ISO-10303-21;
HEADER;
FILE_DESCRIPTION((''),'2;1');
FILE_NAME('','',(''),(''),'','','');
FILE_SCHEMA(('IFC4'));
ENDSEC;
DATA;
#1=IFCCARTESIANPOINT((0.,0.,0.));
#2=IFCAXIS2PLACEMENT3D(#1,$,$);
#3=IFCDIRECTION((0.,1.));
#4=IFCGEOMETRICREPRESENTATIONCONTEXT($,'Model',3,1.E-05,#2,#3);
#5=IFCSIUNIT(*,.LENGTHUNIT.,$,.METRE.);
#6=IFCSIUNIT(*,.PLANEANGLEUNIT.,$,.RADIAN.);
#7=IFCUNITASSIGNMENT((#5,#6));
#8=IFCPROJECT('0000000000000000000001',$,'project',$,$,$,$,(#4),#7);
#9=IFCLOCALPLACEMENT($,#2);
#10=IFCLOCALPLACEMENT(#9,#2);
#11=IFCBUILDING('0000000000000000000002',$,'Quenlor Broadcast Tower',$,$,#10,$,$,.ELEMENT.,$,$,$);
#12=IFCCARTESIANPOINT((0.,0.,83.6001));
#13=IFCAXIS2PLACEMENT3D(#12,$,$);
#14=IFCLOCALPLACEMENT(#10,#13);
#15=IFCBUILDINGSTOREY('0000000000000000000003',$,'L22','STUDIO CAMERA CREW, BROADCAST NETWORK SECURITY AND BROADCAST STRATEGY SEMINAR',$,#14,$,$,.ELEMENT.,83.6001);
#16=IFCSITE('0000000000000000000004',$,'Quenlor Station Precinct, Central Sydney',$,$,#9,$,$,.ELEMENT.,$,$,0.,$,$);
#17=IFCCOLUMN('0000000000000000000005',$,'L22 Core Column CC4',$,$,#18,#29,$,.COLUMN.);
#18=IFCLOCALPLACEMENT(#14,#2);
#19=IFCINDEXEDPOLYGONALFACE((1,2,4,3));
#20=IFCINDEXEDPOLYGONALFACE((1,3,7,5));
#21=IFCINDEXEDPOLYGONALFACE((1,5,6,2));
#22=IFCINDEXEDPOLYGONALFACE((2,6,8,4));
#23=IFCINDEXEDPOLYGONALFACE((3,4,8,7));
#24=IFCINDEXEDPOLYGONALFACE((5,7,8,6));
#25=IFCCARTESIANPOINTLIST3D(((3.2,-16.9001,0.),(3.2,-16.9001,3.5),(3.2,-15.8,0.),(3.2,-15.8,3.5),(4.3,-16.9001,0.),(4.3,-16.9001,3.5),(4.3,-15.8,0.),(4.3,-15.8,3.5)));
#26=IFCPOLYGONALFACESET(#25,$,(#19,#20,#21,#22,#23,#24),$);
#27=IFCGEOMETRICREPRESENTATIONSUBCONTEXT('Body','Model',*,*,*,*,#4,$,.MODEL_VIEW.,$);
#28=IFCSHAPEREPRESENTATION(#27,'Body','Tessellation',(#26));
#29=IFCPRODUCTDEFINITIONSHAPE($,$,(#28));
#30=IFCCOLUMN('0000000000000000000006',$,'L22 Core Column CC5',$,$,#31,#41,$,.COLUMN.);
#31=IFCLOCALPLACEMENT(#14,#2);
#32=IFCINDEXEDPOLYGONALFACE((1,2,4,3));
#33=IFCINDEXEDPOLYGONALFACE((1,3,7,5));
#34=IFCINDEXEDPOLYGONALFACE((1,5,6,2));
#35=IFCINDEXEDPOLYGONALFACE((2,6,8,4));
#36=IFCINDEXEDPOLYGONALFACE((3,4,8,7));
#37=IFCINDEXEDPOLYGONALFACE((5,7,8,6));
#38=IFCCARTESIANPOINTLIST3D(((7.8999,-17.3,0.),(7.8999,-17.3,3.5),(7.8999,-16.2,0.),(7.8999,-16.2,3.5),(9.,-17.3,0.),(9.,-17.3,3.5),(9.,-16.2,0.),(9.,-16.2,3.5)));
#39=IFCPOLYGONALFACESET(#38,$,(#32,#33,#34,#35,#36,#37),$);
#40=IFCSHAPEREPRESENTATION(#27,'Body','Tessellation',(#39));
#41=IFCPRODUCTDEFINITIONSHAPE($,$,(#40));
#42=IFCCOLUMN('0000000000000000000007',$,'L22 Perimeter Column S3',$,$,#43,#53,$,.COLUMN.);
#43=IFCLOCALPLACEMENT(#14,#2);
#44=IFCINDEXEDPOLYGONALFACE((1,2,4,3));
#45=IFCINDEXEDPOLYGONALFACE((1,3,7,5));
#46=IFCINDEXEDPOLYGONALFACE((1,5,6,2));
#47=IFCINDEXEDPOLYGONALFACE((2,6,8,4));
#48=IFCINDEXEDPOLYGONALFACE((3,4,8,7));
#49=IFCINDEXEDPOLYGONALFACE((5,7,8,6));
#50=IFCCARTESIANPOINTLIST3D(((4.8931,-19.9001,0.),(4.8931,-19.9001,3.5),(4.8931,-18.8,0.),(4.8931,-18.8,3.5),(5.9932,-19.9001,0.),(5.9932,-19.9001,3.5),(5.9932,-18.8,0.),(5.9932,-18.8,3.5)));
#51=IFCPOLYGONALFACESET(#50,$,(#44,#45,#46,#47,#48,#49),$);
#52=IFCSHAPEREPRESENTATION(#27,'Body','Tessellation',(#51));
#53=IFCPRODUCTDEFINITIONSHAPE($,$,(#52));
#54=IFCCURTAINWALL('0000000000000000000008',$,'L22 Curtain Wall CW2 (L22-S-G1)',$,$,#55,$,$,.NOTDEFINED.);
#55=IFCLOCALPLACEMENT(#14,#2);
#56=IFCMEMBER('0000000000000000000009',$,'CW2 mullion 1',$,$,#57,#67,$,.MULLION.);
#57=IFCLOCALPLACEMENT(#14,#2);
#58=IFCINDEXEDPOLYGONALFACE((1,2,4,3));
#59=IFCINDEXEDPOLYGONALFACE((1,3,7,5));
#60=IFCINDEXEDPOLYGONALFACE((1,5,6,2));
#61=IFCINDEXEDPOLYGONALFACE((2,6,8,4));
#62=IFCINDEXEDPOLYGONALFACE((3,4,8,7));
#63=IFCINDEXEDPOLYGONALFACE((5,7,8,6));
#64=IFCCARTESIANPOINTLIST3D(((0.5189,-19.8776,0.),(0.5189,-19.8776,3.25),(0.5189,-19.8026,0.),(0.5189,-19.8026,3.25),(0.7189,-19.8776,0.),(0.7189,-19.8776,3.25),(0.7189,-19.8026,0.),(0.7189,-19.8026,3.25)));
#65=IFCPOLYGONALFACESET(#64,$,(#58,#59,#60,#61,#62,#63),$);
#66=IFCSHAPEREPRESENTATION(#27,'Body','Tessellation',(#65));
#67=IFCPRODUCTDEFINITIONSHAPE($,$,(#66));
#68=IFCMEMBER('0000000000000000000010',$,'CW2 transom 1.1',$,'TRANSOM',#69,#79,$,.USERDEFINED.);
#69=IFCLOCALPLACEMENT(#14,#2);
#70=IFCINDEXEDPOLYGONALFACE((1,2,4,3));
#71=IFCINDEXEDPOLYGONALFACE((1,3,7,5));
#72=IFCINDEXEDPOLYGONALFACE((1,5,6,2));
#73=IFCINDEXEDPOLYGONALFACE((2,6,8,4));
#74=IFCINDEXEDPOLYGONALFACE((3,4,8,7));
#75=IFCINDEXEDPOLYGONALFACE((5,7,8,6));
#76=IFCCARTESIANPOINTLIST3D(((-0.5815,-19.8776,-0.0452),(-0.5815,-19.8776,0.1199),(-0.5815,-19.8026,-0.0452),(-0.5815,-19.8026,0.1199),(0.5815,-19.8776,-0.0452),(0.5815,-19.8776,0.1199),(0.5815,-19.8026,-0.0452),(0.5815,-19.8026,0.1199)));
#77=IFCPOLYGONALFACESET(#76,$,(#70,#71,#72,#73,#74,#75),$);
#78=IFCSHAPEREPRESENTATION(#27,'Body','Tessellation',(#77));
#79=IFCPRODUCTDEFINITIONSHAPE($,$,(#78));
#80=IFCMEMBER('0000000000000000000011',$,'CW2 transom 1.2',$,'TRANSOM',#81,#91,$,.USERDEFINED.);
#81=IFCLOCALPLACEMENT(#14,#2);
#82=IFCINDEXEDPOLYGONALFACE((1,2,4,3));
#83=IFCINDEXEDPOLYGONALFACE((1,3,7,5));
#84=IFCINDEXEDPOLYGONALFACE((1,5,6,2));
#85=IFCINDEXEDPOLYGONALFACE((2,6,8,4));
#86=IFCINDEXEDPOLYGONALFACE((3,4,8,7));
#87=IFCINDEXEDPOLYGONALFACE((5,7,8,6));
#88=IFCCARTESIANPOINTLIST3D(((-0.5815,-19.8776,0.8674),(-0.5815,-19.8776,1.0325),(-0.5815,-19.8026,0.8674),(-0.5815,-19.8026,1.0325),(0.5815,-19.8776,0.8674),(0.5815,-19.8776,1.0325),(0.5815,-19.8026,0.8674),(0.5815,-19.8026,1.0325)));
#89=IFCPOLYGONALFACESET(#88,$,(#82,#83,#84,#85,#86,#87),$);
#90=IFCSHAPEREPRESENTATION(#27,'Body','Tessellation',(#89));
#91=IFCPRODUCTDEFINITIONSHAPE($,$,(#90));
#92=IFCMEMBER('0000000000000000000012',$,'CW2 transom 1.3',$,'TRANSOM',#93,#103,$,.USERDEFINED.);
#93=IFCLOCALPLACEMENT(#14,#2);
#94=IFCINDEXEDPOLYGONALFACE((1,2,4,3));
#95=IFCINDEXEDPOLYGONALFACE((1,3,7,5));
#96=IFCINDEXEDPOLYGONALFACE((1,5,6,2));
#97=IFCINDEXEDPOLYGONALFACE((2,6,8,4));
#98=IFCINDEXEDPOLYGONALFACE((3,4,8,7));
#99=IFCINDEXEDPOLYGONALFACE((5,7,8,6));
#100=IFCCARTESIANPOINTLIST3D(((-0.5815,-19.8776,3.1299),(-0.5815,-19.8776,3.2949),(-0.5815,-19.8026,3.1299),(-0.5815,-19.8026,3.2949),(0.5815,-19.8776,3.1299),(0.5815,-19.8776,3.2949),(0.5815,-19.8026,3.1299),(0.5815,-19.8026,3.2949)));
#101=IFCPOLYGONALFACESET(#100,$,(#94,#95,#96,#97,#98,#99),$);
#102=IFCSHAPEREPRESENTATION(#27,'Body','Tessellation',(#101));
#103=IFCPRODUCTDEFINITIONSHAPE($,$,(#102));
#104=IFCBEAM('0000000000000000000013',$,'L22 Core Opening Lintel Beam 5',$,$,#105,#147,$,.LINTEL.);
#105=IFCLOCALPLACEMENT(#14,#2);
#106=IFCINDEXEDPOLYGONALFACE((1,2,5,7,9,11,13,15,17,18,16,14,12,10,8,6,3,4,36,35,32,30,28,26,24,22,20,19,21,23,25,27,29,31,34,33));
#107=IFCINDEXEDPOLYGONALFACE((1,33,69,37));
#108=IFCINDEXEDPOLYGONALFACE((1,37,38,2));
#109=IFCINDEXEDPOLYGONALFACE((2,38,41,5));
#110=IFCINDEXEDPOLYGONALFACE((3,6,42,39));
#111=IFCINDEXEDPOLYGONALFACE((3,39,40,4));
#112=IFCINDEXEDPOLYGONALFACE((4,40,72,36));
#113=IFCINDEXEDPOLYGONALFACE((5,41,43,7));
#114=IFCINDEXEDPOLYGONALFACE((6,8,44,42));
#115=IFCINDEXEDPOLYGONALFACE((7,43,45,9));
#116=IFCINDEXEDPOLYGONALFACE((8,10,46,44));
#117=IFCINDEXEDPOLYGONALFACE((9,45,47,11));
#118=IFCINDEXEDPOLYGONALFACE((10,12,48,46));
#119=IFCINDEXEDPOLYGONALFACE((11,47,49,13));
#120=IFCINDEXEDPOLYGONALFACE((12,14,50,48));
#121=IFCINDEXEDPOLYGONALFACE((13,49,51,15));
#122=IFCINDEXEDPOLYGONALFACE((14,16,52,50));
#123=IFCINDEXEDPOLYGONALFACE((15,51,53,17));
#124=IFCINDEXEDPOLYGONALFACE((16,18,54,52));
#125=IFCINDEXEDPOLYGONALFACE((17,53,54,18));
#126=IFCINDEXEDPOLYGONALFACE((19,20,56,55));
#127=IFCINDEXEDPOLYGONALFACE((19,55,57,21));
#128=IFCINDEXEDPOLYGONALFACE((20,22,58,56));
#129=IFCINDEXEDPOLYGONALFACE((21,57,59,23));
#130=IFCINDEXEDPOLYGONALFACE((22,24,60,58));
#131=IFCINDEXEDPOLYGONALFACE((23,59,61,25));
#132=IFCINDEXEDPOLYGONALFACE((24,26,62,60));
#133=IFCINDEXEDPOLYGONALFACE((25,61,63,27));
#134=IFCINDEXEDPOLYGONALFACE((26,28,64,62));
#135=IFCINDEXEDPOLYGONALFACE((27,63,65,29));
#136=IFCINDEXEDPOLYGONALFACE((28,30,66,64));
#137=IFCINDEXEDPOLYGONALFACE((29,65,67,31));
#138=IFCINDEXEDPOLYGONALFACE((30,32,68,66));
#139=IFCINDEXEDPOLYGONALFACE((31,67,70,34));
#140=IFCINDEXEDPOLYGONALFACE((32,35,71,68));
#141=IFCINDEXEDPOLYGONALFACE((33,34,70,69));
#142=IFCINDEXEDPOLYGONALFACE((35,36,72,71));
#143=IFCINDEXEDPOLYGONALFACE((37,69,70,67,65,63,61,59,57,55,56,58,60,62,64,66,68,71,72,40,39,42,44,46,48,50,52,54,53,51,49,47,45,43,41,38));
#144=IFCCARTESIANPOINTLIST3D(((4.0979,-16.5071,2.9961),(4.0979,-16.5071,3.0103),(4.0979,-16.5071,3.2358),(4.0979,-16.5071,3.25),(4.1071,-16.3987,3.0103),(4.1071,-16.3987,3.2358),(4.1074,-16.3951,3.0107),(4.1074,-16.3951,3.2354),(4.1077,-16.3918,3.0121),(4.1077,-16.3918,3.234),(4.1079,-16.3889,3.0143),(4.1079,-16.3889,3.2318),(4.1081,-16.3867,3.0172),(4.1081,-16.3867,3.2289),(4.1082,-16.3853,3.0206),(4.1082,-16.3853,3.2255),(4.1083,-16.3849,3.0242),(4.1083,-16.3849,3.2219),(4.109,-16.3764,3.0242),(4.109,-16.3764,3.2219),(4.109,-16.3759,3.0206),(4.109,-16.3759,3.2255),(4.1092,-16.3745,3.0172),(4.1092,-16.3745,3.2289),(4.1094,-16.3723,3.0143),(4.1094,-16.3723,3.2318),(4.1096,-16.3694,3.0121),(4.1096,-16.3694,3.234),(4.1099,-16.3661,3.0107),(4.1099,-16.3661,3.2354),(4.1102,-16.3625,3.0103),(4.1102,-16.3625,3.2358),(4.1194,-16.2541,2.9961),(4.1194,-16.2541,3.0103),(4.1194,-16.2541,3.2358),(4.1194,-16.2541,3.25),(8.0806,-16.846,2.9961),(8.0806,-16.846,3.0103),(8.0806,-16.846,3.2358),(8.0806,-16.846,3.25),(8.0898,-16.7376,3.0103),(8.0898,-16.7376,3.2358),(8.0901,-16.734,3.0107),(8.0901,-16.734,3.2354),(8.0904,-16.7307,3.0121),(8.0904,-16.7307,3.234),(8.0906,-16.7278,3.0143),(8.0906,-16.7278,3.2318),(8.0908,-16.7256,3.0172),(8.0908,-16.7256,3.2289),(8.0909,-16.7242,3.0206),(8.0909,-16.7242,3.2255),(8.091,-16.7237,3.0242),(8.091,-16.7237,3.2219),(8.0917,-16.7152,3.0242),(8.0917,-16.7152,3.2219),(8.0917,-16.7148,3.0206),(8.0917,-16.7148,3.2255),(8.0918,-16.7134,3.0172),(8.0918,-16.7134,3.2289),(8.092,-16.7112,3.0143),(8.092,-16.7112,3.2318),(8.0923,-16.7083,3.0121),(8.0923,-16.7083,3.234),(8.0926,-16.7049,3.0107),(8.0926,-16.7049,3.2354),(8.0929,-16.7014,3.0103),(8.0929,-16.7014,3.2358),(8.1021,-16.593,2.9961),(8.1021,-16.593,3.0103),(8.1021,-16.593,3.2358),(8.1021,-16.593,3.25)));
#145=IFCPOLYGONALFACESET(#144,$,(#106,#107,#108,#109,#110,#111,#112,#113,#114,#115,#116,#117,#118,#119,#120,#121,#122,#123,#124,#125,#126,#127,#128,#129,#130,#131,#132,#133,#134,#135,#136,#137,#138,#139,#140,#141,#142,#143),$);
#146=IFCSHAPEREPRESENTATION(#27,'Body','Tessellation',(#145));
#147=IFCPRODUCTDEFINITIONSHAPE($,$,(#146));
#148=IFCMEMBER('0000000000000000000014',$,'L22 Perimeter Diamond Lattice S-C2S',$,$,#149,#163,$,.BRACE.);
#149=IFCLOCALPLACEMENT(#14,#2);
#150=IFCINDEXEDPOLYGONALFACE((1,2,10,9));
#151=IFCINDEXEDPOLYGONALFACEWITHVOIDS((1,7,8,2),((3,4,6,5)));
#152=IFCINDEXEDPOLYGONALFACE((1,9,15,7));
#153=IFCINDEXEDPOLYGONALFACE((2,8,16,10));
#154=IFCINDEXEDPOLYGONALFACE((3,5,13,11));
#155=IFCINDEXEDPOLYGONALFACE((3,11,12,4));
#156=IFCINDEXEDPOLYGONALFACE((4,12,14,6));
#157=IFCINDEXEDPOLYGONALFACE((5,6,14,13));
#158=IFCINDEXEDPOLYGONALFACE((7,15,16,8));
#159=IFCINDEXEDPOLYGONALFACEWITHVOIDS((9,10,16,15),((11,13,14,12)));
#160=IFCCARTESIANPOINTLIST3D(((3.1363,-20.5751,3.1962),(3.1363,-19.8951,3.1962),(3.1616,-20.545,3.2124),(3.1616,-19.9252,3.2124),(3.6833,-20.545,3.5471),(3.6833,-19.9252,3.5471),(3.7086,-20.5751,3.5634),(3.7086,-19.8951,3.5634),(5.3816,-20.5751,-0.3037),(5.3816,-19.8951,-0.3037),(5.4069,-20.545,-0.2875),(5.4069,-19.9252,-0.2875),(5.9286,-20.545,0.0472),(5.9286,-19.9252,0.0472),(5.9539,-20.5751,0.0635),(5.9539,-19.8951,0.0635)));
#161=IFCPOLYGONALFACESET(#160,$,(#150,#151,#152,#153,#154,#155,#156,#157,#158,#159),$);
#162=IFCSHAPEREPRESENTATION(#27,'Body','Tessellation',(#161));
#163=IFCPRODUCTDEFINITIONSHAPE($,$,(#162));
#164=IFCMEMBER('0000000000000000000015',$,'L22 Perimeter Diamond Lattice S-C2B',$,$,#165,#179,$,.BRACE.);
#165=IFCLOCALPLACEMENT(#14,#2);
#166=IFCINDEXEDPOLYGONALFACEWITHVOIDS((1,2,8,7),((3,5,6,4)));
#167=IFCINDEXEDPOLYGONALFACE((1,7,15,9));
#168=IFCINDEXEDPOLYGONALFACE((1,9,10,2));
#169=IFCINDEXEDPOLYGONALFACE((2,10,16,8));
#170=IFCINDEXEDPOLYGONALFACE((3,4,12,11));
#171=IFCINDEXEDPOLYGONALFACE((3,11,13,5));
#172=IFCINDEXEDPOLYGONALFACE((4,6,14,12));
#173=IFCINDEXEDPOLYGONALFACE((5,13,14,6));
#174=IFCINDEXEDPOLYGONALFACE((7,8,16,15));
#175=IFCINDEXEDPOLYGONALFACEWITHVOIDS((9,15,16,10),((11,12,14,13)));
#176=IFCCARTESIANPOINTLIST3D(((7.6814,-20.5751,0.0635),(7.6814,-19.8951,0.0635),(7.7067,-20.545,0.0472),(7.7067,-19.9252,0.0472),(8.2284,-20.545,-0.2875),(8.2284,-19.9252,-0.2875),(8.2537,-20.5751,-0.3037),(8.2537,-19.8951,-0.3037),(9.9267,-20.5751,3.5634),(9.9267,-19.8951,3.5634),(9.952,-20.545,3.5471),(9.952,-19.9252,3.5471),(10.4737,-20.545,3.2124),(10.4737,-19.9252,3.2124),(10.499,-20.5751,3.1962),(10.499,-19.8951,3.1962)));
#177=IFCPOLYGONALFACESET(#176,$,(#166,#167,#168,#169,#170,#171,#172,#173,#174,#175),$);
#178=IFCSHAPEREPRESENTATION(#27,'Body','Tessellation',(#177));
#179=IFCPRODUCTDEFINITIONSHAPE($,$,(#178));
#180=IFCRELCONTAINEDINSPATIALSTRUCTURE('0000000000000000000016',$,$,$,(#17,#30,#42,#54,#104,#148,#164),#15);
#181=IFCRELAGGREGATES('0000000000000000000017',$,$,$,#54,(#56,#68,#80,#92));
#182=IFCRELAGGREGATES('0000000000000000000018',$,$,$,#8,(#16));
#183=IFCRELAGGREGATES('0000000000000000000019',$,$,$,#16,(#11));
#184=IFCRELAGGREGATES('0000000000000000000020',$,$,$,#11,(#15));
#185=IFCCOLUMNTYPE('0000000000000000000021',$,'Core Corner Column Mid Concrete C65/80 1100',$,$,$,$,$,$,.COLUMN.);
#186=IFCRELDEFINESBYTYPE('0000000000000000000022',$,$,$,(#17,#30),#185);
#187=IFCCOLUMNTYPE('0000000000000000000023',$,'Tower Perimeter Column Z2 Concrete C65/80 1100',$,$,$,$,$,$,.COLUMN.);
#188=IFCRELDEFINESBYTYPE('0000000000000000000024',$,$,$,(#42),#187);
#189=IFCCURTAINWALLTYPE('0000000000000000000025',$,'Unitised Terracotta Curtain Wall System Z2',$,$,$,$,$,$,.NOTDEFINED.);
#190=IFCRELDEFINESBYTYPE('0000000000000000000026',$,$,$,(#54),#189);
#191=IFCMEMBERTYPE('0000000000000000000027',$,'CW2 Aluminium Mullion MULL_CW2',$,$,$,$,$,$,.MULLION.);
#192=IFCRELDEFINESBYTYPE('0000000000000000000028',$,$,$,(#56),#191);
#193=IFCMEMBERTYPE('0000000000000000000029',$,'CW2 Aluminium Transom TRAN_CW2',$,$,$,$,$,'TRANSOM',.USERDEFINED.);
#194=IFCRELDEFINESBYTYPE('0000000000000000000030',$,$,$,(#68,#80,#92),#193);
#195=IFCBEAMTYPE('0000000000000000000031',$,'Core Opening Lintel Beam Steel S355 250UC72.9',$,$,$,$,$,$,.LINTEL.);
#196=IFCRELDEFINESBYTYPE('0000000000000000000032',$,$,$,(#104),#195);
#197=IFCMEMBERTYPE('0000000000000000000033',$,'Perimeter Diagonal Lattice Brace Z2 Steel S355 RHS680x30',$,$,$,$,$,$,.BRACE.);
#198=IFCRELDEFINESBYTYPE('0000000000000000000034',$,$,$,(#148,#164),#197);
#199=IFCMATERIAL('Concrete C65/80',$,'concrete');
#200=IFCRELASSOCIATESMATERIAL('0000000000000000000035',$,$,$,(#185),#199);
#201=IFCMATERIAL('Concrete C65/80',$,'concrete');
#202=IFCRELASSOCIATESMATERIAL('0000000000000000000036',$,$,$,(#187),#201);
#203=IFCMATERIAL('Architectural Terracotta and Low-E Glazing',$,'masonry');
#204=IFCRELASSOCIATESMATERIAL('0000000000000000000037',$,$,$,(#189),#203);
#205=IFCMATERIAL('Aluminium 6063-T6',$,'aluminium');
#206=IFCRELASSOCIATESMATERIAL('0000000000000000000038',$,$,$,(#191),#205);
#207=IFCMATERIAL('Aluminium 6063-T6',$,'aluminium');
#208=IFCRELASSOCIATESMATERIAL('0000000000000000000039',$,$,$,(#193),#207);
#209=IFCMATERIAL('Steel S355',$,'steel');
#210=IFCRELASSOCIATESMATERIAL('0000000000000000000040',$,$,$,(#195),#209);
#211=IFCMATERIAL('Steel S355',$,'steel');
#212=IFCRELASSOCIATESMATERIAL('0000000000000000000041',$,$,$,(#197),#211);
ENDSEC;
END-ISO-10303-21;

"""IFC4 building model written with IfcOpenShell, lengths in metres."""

from ifc_helpers import new_model, si_unit, direction, frame, origin, origin_2d, place, context, subcontext, project, spatial, rectangle, hollow_rectangle, i_section, extrude, material, material_profile, profile_set, type_object, element, aggregate, save


model = new_model("IFC4")

# Units and contexts
model_context = context("Model", 3, precision=1e-05, world=origin(), true_north=direction((0.0, 1.0)))
body_context = subcontext(model_context, "Body", "Model", "MODEL_VIEW")
ifc_project = project(units=[si_unit("LENGTHUNIT", "METRE"), si_unit("PLANEANGLEUNIT", "RADIAN")], contexts=[model_context])

# Site, building, storey
site_placement = place(None, origin())
site = spatial("IfcSite", under=ifc_project, at=site_placement, Name="Quenlor Station Precinct, Central Sydney", CompositionType="ELEMENT", RefElevation=0.0)
building_placement = place(site_placement, origin())
building = spatial("IfcBuilding", under=site, at=building_placement, Name="Quenlor Broadcast Tower", CompositionType="ELEMENT")
storey_placement = place(building_placement, frame((0.0, 0.0, 83.6001)))
storey = spatial("IfcBuildingStorey", under=building, at=storey_placement, Name="L22", Description="STUDIO CAMERA CREW, BROADCAST NETWORK SECURITY AND BROADCAST STRATEGY SEMINAR", CompositionType="ELEMENT", Elevation=83.6001)

# Columns
ifc_material_1 = material(Name="Concrete C65/80", Category="concrete")
ifc_material_profile_1 = material_profile(ifc_material_1, rectangle(XDim=1.1001, YDim=1.1001, at=origin_2d()))
ifc_profile_set_1 = profile_set([ifc_material_profile_1], Name="Concrete C65/80 RC1100x1100")
column_type_1 = type_object("IfcColumnType", Name="Core Corner Column Mid Concrete C65/80 1100", PredefinedType="COLUMN", material=ifc_profile_set_1)
for number, where, z_axis, x_axis, name in (
    (1, (3.75, -16.3501, 0.0), (0.0, 0.0, 1.0), (1.0, 0.0, 0.0), "L22 Core Column CC4"),
    (2, (8.45, -16.75, 0.0), (0.0, 0.0, 1.0), (1.0, 0.0, 0.0), "L22 Core Column CC5"),
):
    element("IfcColumn", number, at=place(storey_placement, frame(where, z_axis=z_axis, x_axis=x_axis)), inside=storey, type_object=column_type_1, Name=name, PredefinedType="COLUMN", context=body_context, shape_type="SweptSolid", body=[
        extrude(rectangle(XDim=1.1001, YDim=1.1001, at=origin_2d()), origin(), (0.0, 0.0, 1.0), 3.5),
    ])
ifc_material_2 = material(Name="Concrete C65/80", Category="concrete")
ifc_material_profile_2 = material_profile(ifc_material_2, rectangle(XDim=1.1001, YDim=1.1001, at=origin_2d()))
ifc_profile_set_2 = profile_set([ifc_material_profile_2], Name="Concrete C65/80 RC1100x1100")
column_type_2 = type_object("IfcColumnType", Name="Tower Perimeter Column Z2 Concrete C65/80 1100", PredefinedType="COLUMN", material=ifc_profile_set_2)
column_placement = place(storey_placement, frame((5.4431, -19.3501, 0.0), z_axis=(0.0, 0.0, 1.0), x_axis=(0.0, 1.0, 0.0)))
element("IfcColumn", 3, at=column_placement, inside=storey, type_object=column_type_2, Name="L22 Perimeter Column S3", PredefinedType="COLUMN", context=body_context, shape_type="SweptSolid", body=[
    extrude(rectangle(XDim=1.1001, YDim=1.1001, at=origin_2d()), origin(), (0.0, 0.0, 1.0), 3.5),
])

# Curtain wall, members
ifc_material_3 = material(Name="Architectural Terracotta and Low-E Glazing", Category="masonry")
curtain_wall_type = type_object("IfcCurtainWallType", Name="Unitised Terracotta Curtain Wall System Z2", PredefinedType="NOTDEFINED", material=ifc_material_3)
curtain_wall_placement = place(storey_placement, origin())
curtain_wall = element("IfcCurtainWall", 4, at=curtain_wall_placement, inside=storey, type_object=curtain_wall_type, Name="L22 Curtain Wall CW2 (L22-S-G1)", PredefinedType="NOTDEFINED")
ifc_material_4 = material(Name="Aluminium 6063-T6", Category="aluminium")
ifc_material_profile_3 = material_profile(ifc_material_4, rectangle(XDim=0.075, YDim=0.2, at=origin_2d()))
ifc_profile_set_3 = profile_set([ifc_material_profile_3], Name="Aluminium 6063-T6 MULL75x200")
member_type_1 = type_object("IfcMemberType", Name="CW2 Aluminium Mullion MULL_CW2", PredefinedType="MULLION", material=ifc_profile_set_3)
member_1_placement = place(storey_placement, frame((0.6189, -19.8401, 0.0), z_axis=(0.0, 0.0, 1.0), x_axis=(0.0, -1.0, 0.0)))
member_1 = element("IfcMember", 5, at=member_1_placement, type_object=member_type_1, Name="CW2 mullion 1", PredefinedType="MULLION", context=body_context, shape_type="SweptSolid", body=[
    extrude(rectangle(XDim=0.075, YDim=0.2, at=origin_2d()), origin(), (0.0, 0.0, 1.0), 3.25),
])
ifc_material_5 = material(Name="Aluminium 6063-T6", Category="aluminium")
ifc_material_profile_4 = material_profile(ifc_material_5, rectangle(XDim=0.075, YDim=0.165, at=origin_2d()))
ifc_profile_set_4 = profile_set([ifc_material_profile_4], Name="Aluminium 6063-T6 TRAN75x165")
member_type_2 = type_object("IfcMemberType", Name="CW2 Aluminium Transom TRAN_CW2", ElementType="TRANSOM", PredefinedType="USERDEFINED", material=ifc_profile_set_4)
member_2_placement = place(storey_placement, frame((0.5815, -19.8401, 0.0374), z_axis=(-1.0, 0.0, 0.0), x_axis=(0.0, -1.0, 0.0)))
member_2 = element("IfcMember", 6, at=member_2_placement, type_object=member_type_2, Name="CW2 transom 1.1", ObjectType="TRANSOM", PredefinedType="USERDEFINED", context=body_context, shape_type="SweptSolid", body=[
    extrude(rectangle(XDim=0.075, YDim=0.165, at=origin_2d()), origin(), (0.0, 0.0, 1.0), 1.1631),
])
member_3_placement = place(storey_placement, frame((0.5815, -19.8401, 0.95), z_axis=(-1.0, 0.0, 0.0), x_axis=(0.0, -1.0, 0.0)))
member_3 = element("IfcMember", 7, at=member_3_placement, type_object=member_type_2, Name="CW2 transom 1.2", ObjectType="TRANSOM", PredefinedType="USERDEFINED", context=body_context, shape_type="SweptSolid", body=[
    extrude(rectangle(XDim=0.075, YDim=0.165, at=origin_2d()), origin(), (0.0, 0.0, 1.0), 1.1631),
])
member_4_placement = place(storey_placement, frame((0.5815, -19.8401, 3.2124), z_axis=(-1.0, 0.0, 0.0), x_axis=(0.0, -1.0, 0.0)))
member_4 = element("IfcMember", 8, at=member_4_placement, type_object=member_type_2, Name="CW2 transom 1.3", ObjectType="TRANSOM", PredefinedType="USERDEFINED", context=body_context, shape_type="SweptSolid", body=[
    extrude(rectangle(XDim=0.075, YDim=0.165, at=origin_2d()), origin(), (0.0, 0.0, 1.0), 1.1631),
])
aggregate(curtain_wall, [member_1, member_2, member_3, member_4])

# Beam
ifc_material_6 = material(Name="Steel S355", Category="steel")
ifc_material_profile_5 = material_profile(ifc_material_6, i_section(OverallWidth=0.2539, OverallDepth=0.2539, WebThickness=0.0085, FlangeThickness=0.0142, FilletRadius=0.0139, at=origin_2d()))
ifc_profile_set_5 = profile_set([ifc_material_profile_5], Name="Steel S355 250UC72.9")
beam_type_1 = type_object("IfcBeamType", Name="Core Opening Lintel Beam Steel S355 250UC72.9", PredefinedType="LINTEL", material=ifc_profile_set_5)
beam_1_placement = place(storey_placement, frame((4.1086, -16.3806, 3.123), z_axis=(0.9964, -0.084779, 0.0), x_axis=(0.084779, 0.9964, 0.0)))
element("IfcBeam", 9, at=beam_1_placement, inside=storey, type_object=beam_type_1, Name="L22 Core Opening Lintel Beam 5", PredefinedType="LINTEL", context=body_context, shape_type="SweptSolid", body=[
    extrude(i_section(OverallWidth=0.2539, OverallDepth=0.2539, WebThickness=0.0085, FlangeThickness=0.0142, FilletRadius=0.0139, at=origin_2d()), origin(), (0.0, 0.0, 1.0), 3.9971),
])

# Members
ifc_material_7 = material(Name="Steel S355", Category="steel")
ifc_material_profile_6 = material_profile(ifc_material_7, hollow_rectangle(XDim=0.6799, YDim=0.6799, WallThickness=0.03, at=origin_2d()))
ifc_profile_set_6 = profile_set([ifc_material_profile_6], Name="Steel S355 RHS680x680x30")
member_type_3 = type_object("IfcMemberType", Name="Perimeter Diagonal Lattice Brace Z2 Steel S355 RHS680x30", PredefinedType="BRACE", material=ifc_profile_set_6)
for number, where, z_axis, x_axis, name in (
    (10, (5.6677, -20.2351, -0.1201), (-0.539968, 0.0, 0.841686), (0.0, -1.0, 0.0), "L22 Perimeter Diamond Lattice S-C2S"),
    (11, (7.9675, -20.2351, -0.1201), (0.539968, 0.0, 0.841686), (0.0, 1.0, 0.0), "L22 Perimeter Diamond Lattice S-C2B"),
):
    element("IfcMember", number, at=place(storey_placement, frame(where, z_axis=z_axis, x_axis=x_axis)), inside=storey, type_object=member_type_3, Name=name, PredefinedType="BRACE", context=body_context, shape_type="SweptSolid", body=[
        extrude(hollow_rectangle(XDim=0.6799, YDim=0.6799, WallThickness=0.03, at=origin_2d()), origin(), (0.0, 0.0, 1.0), 4.1582),
    ])

save(model, "model.ifc")
